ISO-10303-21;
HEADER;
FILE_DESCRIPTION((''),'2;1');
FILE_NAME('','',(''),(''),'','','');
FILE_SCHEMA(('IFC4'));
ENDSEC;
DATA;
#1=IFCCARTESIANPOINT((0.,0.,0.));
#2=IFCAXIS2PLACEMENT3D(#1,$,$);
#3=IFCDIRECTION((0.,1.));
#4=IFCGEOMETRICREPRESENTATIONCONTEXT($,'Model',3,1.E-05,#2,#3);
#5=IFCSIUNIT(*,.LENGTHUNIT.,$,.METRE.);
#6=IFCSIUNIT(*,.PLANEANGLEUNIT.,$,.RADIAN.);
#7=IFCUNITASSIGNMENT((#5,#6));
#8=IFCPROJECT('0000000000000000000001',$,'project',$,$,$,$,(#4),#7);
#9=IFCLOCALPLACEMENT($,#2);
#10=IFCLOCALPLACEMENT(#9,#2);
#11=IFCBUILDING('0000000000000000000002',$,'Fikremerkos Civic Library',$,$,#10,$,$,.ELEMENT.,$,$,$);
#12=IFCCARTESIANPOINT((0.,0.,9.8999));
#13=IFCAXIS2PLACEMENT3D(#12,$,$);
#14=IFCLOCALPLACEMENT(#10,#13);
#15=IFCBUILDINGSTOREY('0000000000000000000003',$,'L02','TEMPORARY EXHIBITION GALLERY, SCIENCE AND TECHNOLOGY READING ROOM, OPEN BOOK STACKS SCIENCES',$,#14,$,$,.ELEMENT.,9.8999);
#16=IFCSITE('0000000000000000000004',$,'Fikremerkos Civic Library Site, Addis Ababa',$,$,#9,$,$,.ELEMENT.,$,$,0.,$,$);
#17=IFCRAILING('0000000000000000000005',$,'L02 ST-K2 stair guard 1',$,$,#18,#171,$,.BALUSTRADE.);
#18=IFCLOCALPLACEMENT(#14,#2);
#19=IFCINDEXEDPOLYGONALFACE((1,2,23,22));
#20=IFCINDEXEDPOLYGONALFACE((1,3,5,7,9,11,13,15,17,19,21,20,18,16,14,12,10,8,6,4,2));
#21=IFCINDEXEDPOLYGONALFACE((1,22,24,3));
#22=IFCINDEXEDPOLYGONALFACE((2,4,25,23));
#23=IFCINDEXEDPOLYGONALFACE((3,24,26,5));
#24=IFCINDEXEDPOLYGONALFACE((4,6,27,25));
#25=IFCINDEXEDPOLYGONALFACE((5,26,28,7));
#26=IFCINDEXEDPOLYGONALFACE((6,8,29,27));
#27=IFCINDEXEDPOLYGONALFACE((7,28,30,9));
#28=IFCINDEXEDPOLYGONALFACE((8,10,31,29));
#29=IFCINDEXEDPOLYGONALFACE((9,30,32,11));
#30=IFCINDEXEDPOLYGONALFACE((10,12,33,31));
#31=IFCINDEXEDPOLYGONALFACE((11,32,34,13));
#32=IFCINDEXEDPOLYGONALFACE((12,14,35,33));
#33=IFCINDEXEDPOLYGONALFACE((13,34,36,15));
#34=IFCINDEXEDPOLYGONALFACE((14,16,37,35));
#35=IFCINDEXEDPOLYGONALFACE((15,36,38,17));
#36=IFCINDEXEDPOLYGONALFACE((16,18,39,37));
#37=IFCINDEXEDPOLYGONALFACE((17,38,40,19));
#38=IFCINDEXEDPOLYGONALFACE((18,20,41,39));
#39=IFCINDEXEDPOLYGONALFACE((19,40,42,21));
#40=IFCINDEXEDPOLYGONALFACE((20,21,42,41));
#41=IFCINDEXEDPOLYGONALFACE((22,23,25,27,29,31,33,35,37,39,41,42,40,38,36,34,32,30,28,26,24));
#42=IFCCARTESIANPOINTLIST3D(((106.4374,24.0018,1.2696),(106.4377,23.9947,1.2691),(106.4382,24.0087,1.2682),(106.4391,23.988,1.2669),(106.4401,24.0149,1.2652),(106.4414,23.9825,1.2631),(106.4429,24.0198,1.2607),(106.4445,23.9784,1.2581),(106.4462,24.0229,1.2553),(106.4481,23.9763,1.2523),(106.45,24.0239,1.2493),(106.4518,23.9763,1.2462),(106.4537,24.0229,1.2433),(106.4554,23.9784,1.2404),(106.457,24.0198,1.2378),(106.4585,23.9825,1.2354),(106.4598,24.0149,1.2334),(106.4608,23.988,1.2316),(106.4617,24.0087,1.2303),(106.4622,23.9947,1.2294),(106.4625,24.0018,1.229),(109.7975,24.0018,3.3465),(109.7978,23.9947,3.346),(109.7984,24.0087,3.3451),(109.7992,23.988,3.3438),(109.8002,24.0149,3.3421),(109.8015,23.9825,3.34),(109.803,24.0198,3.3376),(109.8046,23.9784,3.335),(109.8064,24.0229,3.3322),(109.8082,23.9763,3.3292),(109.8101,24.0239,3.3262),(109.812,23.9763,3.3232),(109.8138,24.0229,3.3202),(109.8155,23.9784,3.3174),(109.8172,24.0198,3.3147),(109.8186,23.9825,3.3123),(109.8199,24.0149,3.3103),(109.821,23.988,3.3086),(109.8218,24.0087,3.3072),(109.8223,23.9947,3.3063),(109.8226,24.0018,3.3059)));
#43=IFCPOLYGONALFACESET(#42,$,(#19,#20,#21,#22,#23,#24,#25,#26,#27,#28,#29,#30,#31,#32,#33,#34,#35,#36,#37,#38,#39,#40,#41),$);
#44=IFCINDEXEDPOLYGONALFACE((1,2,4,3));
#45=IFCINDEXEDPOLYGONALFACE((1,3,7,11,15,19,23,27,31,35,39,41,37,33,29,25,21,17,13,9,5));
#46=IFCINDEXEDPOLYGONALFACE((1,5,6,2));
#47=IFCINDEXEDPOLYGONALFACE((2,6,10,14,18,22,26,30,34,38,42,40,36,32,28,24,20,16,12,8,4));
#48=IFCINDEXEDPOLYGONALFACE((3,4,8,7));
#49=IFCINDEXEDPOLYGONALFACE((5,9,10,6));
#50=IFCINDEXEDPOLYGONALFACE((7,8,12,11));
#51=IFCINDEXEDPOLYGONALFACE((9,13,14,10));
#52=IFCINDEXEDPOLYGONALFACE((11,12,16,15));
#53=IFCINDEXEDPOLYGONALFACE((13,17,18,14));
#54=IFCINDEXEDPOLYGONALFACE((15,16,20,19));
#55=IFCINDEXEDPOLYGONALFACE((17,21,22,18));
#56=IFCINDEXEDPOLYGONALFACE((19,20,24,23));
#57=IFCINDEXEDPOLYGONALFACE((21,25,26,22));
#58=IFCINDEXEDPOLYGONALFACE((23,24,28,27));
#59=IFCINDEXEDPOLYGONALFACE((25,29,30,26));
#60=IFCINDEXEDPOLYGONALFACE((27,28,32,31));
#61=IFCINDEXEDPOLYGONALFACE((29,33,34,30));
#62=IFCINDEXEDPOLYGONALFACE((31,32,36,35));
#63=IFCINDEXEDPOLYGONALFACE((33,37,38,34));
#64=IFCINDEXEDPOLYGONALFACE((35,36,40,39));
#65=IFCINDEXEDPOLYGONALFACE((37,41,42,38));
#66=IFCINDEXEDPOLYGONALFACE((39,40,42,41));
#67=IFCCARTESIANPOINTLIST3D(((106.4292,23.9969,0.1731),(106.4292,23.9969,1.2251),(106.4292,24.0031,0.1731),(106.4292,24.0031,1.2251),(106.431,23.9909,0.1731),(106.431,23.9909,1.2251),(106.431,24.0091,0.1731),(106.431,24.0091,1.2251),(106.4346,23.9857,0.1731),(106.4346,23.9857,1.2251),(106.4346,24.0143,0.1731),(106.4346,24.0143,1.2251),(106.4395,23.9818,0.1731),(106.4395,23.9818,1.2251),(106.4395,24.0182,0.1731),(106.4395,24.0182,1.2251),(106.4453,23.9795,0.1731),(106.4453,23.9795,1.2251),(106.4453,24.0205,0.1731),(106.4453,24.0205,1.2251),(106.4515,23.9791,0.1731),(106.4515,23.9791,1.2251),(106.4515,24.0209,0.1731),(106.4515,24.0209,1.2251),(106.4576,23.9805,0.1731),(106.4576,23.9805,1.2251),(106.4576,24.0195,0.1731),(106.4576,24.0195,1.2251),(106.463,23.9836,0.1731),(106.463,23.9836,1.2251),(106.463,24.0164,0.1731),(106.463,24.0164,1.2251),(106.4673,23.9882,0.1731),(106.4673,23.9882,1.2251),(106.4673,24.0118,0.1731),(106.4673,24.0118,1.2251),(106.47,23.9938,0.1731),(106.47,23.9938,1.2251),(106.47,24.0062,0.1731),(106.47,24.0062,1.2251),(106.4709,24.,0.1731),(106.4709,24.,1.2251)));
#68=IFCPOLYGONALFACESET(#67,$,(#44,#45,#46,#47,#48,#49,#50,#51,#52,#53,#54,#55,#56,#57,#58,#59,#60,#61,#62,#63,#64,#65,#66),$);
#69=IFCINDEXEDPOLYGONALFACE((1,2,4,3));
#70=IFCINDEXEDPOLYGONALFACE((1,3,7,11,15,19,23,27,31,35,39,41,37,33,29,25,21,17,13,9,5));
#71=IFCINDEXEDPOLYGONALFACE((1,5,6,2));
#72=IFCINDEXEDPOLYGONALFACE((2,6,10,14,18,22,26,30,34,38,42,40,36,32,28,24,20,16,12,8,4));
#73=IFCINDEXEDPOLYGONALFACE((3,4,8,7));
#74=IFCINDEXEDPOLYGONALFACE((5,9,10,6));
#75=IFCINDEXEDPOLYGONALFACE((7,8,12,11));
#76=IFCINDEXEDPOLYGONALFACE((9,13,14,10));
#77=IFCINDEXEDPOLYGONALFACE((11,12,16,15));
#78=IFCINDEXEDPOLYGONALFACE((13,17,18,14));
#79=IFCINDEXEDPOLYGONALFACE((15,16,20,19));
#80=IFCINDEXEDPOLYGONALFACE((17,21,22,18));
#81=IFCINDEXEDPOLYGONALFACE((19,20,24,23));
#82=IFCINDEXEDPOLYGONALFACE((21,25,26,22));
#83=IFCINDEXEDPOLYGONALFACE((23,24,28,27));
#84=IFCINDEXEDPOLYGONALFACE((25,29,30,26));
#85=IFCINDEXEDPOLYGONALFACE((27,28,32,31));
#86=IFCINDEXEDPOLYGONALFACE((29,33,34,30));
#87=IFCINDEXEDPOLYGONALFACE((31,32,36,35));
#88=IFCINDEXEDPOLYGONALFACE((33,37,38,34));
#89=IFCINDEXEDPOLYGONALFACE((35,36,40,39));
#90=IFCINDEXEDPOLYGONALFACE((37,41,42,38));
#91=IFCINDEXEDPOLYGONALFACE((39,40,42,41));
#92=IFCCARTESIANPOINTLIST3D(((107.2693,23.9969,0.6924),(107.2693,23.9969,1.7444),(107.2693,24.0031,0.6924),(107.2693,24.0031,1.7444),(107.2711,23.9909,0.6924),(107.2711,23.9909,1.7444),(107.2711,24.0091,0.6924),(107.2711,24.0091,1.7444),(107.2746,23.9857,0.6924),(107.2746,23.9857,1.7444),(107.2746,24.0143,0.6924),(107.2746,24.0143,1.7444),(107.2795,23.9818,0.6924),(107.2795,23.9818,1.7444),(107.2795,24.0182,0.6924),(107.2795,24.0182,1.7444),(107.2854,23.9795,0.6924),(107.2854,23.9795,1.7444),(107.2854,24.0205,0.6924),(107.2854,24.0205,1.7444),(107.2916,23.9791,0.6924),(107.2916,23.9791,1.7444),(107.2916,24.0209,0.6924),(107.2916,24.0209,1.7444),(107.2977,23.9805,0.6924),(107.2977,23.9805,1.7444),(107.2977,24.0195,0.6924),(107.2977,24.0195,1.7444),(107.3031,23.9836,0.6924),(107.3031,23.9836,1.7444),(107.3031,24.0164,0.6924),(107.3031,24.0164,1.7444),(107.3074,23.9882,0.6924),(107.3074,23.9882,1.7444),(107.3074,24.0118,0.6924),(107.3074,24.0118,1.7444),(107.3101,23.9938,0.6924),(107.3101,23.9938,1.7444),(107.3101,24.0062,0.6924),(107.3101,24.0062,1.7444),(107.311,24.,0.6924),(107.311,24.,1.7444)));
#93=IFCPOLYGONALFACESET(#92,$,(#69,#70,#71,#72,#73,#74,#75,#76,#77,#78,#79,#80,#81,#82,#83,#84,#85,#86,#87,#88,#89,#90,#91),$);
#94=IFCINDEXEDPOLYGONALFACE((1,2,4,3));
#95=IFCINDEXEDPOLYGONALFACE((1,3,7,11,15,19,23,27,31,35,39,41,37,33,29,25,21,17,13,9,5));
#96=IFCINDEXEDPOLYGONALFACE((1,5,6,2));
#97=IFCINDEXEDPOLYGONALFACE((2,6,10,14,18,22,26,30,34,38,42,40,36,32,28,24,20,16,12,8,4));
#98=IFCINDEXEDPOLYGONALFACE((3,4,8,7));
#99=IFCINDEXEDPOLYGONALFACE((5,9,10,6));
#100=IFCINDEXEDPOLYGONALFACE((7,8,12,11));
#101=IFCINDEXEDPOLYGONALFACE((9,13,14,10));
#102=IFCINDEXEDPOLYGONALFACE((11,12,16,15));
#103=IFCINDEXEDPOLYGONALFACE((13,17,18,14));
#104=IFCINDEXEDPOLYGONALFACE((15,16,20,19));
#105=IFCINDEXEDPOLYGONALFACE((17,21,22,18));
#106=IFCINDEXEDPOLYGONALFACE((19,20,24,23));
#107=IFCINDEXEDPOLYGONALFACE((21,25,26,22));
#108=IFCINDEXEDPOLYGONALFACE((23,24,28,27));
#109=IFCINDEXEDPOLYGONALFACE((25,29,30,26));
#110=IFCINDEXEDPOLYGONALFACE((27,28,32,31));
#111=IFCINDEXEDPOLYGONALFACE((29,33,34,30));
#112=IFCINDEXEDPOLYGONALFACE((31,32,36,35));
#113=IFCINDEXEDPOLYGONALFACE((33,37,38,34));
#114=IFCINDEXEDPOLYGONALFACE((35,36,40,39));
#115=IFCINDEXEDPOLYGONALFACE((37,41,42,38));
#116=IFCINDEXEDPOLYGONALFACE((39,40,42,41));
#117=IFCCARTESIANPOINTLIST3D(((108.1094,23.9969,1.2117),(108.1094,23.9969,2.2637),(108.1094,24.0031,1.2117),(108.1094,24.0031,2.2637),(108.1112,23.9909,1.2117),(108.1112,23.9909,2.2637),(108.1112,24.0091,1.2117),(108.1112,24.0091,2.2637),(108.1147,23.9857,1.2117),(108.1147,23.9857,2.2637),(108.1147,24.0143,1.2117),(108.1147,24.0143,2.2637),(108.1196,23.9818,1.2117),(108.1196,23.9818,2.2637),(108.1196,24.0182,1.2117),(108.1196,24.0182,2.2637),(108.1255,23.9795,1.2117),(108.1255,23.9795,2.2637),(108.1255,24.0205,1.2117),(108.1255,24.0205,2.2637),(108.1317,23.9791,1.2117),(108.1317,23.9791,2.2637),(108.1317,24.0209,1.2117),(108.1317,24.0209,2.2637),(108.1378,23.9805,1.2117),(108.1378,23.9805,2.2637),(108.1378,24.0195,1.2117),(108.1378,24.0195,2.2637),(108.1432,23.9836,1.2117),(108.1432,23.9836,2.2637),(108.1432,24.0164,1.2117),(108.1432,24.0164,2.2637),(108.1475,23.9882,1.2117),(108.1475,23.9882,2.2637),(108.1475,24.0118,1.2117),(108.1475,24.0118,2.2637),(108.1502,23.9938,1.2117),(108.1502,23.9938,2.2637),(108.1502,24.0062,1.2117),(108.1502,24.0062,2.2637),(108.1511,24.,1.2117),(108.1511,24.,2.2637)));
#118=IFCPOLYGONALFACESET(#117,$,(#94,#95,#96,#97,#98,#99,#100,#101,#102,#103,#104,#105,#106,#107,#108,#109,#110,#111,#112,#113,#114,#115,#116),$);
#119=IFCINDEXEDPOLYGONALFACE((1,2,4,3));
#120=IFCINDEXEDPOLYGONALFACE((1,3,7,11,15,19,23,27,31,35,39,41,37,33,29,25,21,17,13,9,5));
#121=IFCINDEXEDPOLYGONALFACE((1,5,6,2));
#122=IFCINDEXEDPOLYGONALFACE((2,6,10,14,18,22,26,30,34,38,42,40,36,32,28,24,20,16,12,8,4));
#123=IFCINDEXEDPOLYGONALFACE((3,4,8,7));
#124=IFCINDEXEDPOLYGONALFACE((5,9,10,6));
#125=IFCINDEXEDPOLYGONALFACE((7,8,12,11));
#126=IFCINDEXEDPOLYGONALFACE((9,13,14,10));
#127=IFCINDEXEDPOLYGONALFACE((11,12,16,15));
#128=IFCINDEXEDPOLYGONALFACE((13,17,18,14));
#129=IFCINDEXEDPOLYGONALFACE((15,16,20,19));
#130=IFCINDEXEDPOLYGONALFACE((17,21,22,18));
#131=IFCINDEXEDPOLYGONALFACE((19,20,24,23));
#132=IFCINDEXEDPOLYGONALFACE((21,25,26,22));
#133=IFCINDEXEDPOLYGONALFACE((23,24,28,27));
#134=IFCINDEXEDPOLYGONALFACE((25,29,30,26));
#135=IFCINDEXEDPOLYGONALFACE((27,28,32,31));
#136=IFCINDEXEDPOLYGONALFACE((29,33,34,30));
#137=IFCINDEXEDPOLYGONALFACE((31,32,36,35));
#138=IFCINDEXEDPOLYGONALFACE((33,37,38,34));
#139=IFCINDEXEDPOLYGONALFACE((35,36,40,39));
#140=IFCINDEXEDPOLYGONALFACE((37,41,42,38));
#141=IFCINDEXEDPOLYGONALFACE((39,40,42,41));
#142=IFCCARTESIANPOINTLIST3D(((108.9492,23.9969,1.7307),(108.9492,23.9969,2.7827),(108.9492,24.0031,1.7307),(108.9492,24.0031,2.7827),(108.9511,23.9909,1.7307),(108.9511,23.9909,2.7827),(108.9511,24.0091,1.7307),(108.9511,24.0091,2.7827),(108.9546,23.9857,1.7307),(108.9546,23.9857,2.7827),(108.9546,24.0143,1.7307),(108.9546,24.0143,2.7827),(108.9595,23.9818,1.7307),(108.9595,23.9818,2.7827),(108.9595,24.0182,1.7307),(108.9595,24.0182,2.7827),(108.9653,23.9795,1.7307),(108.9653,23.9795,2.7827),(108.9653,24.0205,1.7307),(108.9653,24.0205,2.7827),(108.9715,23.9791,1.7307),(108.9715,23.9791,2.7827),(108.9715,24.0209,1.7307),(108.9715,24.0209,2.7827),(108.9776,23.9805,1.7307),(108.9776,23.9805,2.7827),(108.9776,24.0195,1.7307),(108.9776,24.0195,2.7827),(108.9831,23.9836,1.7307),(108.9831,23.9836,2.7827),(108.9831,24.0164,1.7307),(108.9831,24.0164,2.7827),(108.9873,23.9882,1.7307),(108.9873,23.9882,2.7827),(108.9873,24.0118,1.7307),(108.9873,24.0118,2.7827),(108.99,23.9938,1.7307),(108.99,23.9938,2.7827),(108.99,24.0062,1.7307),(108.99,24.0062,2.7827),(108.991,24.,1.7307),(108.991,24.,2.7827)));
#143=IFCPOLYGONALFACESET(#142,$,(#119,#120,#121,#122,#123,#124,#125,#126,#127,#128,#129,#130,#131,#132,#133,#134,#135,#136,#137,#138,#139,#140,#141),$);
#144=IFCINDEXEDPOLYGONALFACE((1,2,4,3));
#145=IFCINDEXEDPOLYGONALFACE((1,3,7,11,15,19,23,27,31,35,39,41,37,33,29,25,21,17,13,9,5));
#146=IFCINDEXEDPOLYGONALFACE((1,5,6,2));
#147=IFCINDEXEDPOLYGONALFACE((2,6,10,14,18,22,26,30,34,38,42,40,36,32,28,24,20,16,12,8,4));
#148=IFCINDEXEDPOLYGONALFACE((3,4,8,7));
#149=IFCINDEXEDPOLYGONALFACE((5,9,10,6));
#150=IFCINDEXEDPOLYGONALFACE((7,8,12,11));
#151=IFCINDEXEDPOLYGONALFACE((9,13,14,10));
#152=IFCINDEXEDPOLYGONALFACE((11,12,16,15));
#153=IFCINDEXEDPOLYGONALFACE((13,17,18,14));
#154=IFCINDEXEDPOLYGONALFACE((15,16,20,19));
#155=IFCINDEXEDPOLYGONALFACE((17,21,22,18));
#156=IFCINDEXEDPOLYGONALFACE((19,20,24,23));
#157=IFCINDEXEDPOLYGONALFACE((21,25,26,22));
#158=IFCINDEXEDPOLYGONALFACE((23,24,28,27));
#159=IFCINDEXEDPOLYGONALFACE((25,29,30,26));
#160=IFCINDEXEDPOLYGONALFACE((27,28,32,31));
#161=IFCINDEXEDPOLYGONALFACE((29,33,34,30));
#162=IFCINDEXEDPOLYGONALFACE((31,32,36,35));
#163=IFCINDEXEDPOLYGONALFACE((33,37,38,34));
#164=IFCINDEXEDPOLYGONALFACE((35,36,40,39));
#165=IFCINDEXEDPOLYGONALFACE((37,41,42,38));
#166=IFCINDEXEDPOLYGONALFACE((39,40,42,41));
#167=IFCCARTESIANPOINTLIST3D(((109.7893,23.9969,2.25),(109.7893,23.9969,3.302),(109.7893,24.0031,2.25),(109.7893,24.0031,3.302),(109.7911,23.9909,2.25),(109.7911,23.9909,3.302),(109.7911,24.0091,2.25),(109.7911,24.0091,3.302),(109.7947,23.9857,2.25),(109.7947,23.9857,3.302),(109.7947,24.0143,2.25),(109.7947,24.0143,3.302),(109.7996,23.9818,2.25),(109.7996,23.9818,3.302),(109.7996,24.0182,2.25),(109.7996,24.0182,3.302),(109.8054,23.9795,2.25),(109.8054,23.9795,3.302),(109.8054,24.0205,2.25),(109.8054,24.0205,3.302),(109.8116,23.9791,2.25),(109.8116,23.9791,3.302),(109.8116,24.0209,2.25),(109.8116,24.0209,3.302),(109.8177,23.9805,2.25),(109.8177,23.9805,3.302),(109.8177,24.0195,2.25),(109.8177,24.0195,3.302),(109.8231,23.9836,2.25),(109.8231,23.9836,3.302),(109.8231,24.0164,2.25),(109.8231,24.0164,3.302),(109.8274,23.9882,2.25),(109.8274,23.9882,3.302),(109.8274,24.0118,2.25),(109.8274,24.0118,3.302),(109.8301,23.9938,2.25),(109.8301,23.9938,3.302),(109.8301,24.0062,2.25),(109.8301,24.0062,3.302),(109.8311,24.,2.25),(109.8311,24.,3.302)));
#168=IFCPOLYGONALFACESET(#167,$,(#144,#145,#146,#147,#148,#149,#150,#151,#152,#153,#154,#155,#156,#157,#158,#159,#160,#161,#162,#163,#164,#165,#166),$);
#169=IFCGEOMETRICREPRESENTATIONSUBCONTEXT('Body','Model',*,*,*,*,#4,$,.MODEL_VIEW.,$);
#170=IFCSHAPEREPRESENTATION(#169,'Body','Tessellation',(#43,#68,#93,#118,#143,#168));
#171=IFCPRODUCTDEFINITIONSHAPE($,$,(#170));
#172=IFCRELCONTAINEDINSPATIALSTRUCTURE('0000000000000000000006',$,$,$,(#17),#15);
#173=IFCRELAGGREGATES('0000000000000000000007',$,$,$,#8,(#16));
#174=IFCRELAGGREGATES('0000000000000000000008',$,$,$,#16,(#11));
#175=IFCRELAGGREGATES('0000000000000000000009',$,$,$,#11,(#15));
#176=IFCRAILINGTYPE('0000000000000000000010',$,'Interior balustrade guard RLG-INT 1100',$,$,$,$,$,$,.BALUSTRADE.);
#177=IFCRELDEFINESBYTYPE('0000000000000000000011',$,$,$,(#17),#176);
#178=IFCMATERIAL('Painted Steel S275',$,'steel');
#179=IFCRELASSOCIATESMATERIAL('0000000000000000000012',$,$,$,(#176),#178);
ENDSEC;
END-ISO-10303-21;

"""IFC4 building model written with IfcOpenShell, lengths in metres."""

from ifc_helpers import new_model, si_unit, direction, frame, origin, origin_2d, place, context, subcontext, project, spatial, circle, extrude, material, type_object, element, save


model = new_model("IFC4")

# Units and contexts
model_context = context("Model", 3, precision=1e-05, world=origin(), true_north=direction((0.0, 1.0)))
body_context = subcontext(model_context, "Body", "Model", "MODEL_VIEW")
ifc_project = project(units=[si_unit("LENGTHUNIT", "METRE"), si_unit("PLANEANGLEUNIT", "RADIAN")], contexts=[model_context])

# Site, building, storey
site_placement = place(None, origin())
site = spatial("IfcSite", under=ifc_project, at=site_placement, Name="Fikremerkos Civic Library Site, Addis Ababa", CompositionType="ELEMENT", RefElevation=0.0)
building_placement = place(site_placement, origin())
building = spatial("IfcBuilding", under=site, at=building_placement, Name="Fikremerkos Civic Library", CompositionType="ELEMENT")
storey_placement = place(building_placement, frame((0.0, 0.0, 9.8999)))
storey = spatial("IfcBuildingStorey", under=building, at=storey_placement, Name="L02", Description="TEMPORARY EXHIBITION GALLERY, SCIENCE AND TECHNOLOGY READING ROOM, OPEN BOOK STACKS SCIENCES", CompositionType="ELEMENT", Elevation=9.8999)

# Railing
ifc_material_1 = material(Name="Painted Steel S275", Category="steel")
railing_type_1 = type_object("IfcRailingType", Name="Interior balustrade guard RLG-INT 1100", PredefinedType="BALUSTRADE", material=ifc_material_1)
railing_1_placement = place(storey_placement, frame((106.45, 24.0, 0.1731)))
element("IfcRailing", 1, at=railing_1_placement, inside=storey, type_object=railing_type_1, Name="L02 ST-K2 stair guard 1", PredefinedType="BALUSTRADE", context=body_context, shape_type="SweptSolid", body=[
    extrude(circle(Radius=0.0239, at=origin_2d()), frame((0.0, 0.0, 1.0762), z_axis=(0.850623, 0.0, 0.525776), x_axis=(0.0, 1.0, 0.0)), (0.0, 0.0, 1.0), 3.9502),
    extrude(circle(Radius=0.021, at=origin_2d()), origin(), (0.0, 0.0, 1.0), 1.052),
    extrude(circle(Radius=0.021, at=origin_2d()), frame((0.8401, 0.0, 0.5193)), (0.0, 0.0, 1.0), 1.052),
    extrude(circle(Radius=0.021, at=origin_2d()), frame((1.6802, 0.0, 1.0386)), (0.0, 0.0, 1.0), 1.052),
    extrude(circle(Radius=0.021, at=origin_2d()), frame((2.52, 0.0, 1.5576)), (0.0, 0.0, 1.0), 1.052),
    extrude(circle(Radius=0.021, at=origin_2d()), frame((3.3601, 0.0, 2.0769)), (0.0, 0.0, 1.0), 1.052),
])

save(model, "model.ifc")
